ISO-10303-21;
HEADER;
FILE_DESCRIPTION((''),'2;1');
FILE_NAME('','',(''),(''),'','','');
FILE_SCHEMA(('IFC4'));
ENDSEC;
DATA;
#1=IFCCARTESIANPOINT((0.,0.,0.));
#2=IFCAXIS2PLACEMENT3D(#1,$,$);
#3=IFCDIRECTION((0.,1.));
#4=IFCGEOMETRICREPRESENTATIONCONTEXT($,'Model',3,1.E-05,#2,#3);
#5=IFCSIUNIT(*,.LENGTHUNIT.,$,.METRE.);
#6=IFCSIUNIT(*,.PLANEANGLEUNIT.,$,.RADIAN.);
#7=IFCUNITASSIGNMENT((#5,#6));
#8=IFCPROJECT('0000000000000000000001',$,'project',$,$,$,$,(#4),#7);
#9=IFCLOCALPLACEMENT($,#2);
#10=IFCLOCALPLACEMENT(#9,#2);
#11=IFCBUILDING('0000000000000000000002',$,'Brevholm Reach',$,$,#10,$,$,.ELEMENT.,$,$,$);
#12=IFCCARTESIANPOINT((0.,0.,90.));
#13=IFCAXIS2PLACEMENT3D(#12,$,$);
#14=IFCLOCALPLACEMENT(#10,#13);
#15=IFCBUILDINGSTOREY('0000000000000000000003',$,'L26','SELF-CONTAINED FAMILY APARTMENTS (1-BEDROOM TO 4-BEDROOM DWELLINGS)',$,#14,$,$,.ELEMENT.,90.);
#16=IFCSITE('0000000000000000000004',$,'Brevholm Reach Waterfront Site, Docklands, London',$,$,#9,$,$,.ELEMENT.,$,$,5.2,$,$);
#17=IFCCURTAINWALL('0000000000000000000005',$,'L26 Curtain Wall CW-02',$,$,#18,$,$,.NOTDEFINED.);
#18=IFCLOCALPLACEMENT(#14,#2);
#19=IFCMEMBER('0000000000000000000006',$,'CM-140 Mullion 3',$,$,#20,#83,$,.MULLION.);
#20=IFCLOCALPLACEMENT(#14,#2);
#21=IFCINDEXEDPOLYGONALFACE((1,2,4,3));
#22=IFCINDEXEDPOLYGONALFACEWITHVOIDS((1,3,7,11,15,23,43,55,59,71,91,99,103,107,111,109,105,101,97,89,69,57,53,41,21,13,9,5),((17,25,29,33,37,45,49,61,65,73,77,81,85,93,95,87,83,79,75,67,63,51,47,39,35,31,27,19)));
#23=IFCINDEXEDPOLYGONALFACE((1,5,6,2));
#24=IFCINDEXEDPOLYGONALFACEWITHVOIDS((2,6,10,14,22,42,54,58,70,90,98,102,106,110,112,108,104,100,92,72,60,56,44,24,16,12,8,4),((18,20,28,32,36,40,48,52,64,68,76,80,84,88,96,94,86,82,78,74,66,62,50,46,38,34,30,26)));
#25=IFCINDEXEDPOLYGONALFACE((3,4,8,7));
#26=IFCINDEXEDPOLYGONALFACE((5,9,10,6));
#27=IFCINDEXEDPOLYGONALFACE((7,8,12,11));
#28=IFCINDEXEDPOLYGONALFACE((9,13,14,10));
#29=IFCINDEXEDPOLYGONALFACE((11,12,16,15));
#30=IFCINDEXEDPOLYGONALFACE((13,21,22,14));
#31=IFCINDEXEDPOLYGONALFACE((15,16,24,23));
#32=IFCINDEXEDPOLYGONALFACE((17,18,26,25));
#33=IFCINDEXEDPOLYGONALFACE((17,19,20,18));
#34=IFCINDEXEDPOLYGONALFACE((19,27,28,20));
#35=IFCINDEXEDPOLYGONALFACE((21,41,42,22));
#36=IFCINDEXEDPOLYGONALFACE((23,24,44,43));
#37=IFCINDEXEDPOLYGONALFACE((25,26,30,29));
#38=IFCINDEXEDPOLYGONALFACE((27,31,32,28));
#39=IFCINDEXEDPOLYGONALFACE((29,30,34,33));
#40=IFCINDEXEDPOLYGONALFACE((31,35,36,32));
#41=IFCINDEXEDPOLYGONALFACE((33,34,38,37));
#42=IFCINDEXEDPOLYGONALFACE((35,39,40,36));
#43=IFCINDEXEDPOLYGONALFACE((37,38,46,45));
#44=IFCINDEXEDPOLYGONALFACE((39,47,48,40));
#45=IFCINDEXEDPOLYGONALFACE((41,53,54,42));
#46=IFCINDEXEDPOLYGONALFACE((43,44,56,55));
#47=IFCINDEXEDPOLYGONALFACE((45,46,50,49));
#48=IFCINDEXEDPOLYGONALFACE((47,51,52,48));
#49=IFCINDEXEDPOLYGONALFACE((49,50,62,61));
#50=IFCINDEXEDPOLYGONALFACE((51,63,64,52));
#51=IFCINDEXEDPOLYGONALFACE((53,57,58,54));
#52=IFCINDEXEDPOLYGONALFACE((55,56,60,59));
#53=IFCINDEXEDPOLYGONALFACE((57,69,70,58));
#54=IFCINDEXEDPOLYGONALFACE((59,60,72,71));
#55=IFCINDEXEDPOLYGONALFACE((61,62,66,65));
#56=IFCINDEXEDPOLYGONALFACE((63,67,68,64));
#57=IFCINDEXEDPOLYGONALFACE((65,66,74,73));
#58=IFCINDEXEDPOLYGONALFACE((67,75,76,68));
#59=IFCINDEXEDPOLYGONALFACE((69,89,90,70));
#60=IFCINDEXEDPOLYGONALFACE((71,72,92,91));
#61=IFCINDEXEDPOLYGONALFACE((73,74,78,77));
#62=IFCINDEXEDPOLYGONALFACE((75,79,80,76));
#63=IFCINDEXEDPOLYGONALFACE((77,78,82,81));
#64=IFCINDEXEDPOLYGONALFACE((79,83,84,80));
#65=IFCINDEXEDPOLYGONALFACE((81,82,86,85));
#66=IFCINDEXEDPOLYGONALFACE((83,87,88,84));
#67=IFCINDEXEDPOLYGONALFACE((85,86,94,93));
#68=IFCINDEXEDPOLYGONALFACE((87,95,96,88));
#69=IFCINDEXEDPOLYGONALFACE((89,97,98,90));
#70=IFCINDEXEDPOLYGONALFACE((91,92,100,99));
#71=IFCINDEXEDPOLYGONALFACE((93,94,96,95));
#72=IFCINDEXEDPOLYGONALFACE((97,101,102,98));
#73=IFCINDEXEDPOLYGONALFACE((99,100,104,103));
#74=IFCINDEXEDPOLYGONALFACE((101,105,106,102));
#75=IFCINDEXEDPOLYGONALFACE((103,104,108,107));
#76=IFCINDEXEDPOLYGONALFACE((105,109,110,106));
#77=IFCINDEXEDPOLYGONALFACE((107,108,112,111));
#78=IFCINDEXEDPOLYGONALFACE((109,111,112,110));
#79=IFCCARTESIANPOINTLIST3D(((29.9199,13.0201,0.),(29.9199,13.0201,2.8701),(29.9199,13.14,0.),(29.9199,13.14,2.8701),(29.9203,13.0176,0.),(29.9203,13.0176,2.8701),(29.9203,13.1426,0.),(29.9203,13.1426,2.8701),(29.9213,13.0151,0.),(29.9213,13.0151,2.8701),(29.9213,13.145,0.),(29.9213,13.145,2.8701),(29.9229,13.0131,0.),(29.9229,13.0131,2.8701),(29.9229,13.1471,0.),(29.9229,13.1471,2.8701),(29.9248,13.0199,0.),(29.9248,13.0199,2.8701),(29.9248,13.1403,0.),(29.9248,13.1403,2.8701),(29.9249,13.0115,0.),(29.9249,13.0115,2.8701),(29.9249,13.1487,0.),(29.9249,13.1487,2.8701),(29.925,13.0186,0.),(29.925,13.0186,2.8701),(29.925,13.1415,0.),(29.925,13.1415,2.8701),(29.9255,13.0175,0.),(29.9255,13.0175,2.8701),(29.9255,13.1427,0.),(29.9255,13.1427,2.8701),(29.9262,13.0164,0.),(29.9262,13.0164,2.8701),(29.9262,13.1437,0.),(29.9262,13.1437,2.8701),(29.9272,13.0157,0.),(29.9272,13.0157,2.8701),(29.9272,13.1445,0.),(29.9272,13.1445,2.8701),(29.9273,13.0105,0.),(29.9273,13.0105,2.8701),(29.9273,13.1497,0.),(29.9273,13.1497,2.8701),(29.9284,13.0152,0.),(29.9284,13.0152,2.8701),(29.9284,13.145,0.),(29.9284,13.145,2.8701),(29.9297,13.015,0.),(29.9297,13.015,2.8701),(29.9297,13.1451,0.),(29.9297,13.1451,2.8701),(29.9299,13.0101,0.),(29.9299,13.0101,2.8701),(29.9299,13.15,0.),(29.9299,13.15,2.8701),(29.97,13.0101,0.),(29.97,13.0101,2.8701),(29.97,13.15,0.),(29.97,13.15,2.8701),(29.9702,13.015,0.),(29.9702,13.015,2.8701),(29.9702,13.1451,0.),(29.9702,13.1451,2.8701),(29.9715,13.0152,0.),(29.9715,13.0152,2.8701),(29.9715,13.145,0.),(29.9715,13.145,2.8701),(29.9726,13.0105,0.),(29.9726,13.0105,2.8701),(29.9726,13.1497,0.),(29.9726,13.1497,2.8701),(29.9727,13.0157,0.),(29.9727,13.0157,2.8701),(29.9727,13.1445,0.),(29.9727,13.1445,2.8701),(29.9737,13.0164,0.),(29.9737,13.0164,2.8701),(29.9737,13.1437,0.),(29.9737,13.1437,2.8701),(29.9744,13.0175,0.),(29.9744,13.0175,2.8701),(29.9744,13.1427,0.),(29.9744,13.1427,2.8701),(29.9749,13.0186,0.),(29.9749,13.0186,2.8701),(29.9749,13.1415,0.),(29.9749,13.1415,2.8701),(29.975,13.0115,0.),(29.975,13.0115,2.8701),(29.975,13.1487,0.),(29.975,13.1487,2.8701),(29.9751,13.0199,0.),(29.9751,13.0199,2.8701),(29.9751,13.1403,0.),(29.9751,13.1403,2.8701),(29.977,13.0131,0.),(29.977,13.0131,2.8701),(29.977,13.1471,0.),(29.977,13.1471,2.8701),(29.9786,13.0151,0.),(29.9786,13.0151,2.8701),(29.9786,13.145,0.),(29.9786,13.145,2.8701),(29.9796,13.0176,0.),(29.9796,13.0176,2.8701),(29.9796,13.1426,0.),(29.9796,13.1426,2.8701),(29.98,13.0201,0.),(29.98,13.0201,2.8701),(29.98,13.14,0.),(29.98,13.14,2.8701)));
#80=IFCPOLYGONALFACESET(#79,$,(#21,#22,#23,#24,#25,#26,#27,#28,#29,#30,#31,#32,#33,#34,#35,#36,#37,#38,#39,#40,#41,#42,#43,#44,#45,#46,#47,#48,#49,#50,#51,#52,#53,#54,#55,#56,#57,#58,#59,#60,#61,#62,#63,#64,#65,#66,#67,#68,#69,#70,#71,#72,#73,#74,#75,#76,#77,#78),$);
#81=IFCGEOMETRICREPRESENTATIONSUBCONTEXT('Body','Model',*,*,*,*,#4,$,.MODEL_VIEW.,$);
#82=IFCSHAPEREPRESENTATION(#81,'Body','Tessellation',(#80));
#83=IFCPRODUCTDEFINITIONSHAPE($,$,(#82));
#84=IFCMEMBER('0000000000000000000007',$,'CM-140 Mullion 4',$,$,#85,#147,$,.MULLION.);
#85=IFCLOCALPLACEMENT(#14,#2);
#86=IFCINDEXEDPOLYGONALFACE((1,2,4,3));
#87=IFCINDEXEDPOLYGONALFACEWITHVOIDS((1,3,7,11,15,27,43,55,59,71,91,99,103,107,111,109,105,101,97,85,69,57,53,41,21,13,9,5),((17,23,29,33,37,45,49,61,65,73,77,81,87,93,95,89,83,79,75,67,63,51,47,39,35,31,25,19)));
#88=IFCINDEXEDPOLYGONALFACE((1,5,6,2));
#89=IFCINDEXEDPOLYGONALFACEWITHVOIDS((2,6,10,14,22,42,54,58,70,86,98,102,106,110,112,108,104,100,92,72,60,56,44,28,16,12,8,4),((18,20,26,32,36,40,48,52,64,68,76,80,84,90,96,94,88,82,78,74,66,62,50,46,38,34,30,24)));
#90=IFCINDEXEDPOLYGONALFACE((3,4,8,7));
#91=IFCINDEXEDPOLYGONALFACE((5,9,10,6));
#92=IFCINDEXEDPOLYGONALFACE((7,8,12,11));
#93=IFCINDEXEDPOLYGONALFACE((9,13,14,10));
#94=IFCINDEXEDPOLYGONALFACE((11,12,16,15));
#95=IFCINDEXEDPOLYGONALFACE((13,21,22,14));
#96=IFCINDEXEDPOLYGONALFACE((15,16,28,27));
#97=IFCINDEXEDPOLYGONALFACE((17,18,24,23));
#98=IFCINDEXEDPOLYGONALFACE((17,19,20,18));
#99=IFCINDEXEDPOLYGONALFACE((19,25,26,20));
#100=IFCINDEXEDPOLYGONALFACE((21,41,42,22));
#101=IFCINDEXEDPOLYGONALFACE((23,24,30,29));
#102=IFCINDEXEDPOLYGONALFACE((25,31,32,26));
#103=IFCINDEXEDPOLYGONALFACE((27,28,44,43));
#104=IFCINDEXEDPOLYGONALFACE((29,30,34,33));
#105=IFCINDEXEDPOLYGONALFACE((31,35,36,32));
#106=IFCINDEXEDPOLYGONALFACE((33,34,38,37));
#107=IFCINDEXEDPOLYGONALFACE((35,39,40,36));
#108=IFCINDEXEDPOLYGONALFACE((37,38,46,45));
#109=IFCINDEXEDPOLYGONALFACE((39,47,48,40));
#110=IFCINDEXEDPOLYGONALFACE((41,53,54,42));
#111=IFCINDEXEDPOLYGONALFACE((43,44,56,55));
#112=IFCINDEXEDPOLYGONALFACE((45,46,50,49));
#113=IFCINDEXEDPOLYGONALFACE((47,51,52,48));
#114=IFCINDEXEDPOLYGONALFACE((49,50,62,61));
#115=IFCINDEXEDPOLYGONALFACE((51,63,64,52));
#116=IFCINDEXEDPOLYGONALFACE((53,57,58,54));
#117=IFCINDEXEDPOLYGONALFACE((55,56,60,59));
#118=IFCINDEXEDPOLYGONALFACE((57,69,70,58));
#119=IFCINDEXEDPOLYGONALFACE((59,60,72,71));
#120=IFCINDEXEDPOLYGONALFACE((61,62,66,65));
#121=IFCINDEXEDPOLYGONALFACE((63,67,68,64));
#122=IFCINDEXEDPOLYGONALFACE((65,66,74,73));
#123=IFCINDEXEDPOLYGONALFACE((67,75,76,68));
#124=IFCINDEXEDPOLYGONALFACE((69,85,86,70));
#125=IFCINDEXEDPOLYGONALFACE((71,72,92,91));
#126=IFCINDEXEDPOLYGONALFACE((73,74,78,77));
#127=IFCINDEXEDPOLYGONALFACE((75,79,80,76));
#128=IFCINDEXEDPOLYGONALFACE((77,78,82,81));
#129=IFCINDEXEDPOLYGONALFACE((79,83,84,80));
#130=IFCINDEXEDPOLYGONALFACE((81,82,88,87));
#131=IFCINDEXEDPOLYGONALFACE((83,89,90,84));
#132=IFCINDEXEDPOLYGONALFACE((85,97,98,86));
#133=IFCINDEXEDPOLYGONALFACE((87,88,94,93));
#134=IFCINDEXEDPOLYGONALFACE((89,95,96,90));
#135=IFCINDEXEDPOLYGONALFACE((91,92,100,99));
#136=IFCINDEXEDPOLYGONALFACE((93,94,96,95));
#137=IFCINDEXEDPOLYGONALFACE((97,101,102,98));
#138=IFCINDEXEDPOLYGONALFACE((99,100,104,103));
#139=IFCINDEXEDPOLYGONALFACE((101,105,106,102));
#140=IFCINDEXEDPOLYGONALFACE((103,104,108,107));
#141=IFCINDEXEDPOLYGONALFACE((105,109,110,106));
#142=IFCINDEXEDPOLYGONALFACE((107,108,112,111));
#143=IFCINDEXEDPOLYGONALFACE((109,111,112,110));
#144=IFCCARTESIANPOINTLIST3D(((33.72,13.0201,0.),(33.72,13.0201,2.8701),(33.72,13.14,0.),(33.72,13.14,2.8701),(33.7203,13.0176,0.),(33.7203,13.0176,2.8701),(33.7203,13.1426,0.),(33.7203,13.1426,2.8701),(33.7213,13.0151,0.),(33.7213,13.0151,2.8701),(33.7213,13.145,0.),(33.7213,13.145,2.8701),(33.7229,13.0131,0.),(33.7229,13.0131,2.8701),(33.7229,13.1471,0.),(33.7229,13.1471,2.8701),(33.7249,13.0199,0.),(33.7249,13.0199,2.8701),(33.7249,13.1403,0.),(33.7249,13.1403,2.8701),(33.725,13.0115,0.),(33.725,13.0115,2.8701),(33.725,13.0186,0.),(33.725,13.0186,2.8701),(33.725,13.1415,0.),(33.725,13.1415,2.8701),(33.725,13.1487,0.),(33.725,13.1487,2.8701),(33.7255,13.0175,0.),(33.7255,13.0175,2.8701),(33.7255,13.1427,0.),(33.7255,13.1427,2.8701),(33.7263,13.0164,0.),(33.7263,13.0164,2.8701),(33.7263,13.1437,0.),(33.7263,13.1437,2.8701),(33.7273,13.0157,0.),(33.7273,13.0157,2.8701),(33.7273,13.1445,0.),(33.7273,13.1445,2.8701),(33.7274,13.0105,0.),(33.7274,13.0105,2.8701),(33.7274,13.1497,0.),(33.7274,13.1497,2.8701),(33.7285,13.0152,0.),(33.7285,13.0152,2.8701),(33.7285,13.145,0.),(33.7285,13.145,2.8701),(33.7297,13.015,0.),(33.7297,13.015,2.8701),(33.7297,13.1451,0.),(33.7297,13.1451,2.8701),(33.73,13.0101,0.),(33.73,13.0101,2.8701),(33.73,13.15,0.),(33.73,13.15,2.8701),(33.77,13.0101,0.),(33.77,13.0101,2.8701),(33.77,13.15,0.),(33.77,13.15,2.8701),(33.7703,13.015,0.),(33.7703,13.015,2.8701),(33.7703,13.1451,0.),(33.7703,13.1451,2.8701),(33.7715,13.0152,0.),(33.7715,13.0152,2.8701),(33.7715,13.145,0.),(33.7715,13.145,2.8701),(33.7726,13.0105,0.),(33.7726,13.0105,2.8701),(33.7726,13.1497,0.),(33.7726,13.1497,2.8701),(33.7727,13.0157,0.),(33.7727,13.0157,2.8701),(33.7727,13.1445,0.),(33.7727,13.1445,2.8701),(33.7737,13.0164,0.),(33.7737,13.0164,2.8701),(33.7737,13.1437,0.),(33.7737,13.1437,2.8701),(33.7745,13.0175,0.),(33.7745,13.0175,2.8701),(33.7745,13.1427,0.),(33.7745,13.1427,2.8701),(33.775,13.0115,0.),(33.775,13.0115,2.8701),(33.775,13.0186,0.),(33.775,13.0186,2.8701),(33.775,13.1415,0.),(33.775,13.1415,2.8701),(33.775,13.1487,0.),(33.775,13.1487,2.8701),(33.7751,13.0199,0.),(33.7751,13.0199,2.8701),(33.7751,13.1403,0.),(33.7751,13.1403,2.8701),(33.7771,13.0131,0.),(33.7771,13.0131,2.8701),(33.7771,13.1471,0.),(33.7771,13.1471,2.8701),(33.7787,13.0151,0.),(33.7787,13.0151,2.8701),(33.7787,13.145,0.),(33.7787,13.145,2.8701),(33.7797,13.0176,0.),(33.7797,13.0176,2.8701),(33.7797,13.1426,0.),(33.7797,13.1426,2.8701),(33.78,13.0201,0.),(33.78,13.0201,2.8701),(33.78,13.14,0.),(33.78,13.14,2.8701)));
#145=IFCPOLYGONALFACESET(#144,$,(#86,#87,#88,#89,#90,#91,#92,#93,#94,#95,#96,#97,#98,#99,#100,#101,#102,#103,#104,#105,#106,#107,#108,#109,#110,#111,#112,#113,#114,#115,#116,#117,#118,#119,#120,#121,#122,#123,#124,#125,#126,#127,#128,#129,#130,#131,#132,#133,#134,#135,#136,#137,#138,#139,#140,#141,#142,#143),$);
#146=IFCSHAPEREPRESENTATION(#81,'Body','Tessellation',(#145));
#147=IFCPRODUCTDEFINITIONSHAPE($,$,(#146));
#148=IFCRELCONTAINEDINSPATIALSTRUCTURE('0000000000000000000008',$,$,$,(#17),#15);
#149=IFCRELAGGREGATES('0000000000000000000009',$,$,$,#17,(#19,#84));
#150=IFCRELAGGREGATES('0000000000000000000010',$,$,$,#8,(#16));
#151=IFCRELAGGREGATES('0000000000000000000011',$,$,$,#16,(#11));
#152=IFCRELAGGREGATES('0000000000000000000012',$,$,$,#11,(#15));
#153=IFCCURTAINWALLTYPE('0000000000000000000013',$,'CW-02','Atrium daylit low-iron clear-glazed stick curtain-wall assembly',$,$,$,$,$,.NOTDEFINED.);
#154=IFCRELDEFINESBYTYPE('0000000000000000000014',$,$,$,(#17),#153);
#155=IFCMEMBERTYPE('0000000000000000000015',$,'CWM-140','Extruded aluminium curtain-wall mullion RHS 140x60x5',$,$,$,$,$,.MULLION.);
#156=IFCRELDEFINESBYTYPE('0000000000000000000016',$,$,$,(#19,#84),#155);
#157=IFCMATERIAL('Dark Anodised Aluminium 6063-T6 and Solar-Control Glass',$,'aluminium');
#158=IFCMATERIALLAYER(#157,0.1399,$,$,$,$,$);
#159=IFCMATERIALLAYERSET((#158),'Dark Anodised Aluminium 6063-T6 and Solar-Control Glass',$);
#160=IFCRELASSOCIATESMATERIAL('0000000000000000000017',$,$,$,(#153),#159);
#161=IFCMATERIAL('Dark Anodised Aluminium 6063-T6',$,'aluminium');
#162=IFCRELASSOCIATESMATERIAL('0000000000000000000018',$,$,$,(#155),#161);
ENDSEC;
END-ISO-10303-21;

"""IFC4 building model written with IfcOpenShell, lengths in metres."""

from ifc_helpers import new_model, si_unit, direction, frame, origin, origin_2d, place, context, subcontext, project, spatial, hollow_rectangle, extrude, material, layer, layer_set, material_profile, profile_set, type_object, element, aggregate, save


model = new_model("IFC4")

# Units and contexts
model_context = context("Model", 3, precision=1e-05, world=origin(), true_north=direction((0.0, 1.0)))
body_context = subcontext(model_context, "Body", "Model", "MODEL_VIEW")
ifc_project = project(units=[si_unit("LENGTHUNIT", "METRE"), si_unit("PLANEANGLEUNIT", "RADIAN")], contexts=[model_context])

# Site, building, storey
site_placement = place(None, origin())
site = spatial("IfcSite", under=ifc_project, at=site_placement, Name="Brevholm Reach Waterfront Site, Docklands, London", CompositionType="ELEMENT", RefElevation=5.2)
building_placement = place(site_placement, origin())
building = spatial("IfcBuilding", under=site, at=building_placement, Name="Brevholm Reach", CompositionType="ELEMENT")
storey_placement = place(building_placement, frame((0.0, 0.0, 90.0)))
storey = spatial("IfcBuildingStorey", under=building, at=storey_placement, Name="L26", Description="SELF-CONTAINED FAMILY APARTMENTS (1-BEDROOM TO 4-BEDROOM DWELLINGS)", CompositionType="ELEMENT", Elevation=90.0)

# Curtain wall, members
ifc_material_1 = material(Name="Dark Anodised Aluminium 6063-T6 and Solar-Control Glass", Category="aluminium")
ifc_layer_1 = layer(ifc_material_1, 0.1399)
ifc_layer_set_1 = layer_set([ifc_layer_1], Name="Dark Anodised Aluminium 6063-T6 and Solar-Control Glass")
curtain_wall_type = type_object("IfcCurtainWallType", Name="CW-02", Description="Atrium daylit low-iron clear-glazed stick curtain-wall assembly", PredefinedType="NOTDEFINED", material=ifc_layer_set_1)
curtain_wall_placement = place(storey_placement, origin())
curtain_wall = element("IfcCurtainWall", 1, at=curtain_wall_placement, inside=storey, type_object=curtain_wall_type, Name="L26 Curtain Wall CW-02", PredefinedType="NOTDEFINED")
ifc_material_2 = material(Name="Dark Anodised Aluminium 6063-T6", Category="aluminium")
ifc_material_profile_1 = material_profile(ifc_material_2, hollow_rectangle(XDim=0.0601, YDim=0.1399, WallThickness=0.0049, InnerFilletRadius=0.0049, OuterFilletRadius=0.01, at=origin_2d()), Name="RHS 140x60x5")
ifc_profile_set_1 = profile_set([ifc_material_profile_1], Name="Dark Anodised Aluminium 6063-T6")
member_type_1 = type_object("IfcMemberType", Name="CWM-140", Description="Extruded aluminium curtain-wall mullion RHS 140x60x5", PredefinedType="MULLION", material=ifc_profile_set_1)
member_1_placement = place(storey_placement, frame((29.95, 13.0801, 0.0), z_axis=(0.0, 0.0, 1.0), x_axis=(1.0, 0.0, 0.0)))
member_1 = element("IfcMember", 2, at=member_1_placement, type_object=member_type_1, Name="CM-140 Mullion 3", PredefinedType="MULLION", context=body_context, shape_type="SweptSolid", body=[
    extrude(hollow_rectangle(XDim=0.0601, YDim=0.1399, WallThickness=0.0049, InnerFilletRadius=0.0049, OuterFilletRadius=0.01, at=origin_2d()), origin(), (0.0, 0.0, 1.0), 2.8701),
])
member_2_placement = place(storey_placement, frame((33.75, 13.0801, 0.0), z_axis=(0.0, 0.0, 1.0), x_axis=(1.0, 0.0, 0.0)))
member_2 = element("IfcMember", 3, at=member_2_placement, type_object=member_type_1, Name="CM-140 Mullion 4", PredefinedType="MULLION", context=body_context, shape_type="SweptSolid", body=[
    extrude(hollow_rectangle(XDim=0.0601, YDim=0.1399, WallThickness=0.0049, InnerFilletRadius=0.0049, OuterFilletRadius=0.01, at=origin_2d()), origin(), (0.0, 0.0, 1.0), 2.8701),
])
aggregate(curtain_wall, [member_1, member_2])

save(model, "model.ifc")
